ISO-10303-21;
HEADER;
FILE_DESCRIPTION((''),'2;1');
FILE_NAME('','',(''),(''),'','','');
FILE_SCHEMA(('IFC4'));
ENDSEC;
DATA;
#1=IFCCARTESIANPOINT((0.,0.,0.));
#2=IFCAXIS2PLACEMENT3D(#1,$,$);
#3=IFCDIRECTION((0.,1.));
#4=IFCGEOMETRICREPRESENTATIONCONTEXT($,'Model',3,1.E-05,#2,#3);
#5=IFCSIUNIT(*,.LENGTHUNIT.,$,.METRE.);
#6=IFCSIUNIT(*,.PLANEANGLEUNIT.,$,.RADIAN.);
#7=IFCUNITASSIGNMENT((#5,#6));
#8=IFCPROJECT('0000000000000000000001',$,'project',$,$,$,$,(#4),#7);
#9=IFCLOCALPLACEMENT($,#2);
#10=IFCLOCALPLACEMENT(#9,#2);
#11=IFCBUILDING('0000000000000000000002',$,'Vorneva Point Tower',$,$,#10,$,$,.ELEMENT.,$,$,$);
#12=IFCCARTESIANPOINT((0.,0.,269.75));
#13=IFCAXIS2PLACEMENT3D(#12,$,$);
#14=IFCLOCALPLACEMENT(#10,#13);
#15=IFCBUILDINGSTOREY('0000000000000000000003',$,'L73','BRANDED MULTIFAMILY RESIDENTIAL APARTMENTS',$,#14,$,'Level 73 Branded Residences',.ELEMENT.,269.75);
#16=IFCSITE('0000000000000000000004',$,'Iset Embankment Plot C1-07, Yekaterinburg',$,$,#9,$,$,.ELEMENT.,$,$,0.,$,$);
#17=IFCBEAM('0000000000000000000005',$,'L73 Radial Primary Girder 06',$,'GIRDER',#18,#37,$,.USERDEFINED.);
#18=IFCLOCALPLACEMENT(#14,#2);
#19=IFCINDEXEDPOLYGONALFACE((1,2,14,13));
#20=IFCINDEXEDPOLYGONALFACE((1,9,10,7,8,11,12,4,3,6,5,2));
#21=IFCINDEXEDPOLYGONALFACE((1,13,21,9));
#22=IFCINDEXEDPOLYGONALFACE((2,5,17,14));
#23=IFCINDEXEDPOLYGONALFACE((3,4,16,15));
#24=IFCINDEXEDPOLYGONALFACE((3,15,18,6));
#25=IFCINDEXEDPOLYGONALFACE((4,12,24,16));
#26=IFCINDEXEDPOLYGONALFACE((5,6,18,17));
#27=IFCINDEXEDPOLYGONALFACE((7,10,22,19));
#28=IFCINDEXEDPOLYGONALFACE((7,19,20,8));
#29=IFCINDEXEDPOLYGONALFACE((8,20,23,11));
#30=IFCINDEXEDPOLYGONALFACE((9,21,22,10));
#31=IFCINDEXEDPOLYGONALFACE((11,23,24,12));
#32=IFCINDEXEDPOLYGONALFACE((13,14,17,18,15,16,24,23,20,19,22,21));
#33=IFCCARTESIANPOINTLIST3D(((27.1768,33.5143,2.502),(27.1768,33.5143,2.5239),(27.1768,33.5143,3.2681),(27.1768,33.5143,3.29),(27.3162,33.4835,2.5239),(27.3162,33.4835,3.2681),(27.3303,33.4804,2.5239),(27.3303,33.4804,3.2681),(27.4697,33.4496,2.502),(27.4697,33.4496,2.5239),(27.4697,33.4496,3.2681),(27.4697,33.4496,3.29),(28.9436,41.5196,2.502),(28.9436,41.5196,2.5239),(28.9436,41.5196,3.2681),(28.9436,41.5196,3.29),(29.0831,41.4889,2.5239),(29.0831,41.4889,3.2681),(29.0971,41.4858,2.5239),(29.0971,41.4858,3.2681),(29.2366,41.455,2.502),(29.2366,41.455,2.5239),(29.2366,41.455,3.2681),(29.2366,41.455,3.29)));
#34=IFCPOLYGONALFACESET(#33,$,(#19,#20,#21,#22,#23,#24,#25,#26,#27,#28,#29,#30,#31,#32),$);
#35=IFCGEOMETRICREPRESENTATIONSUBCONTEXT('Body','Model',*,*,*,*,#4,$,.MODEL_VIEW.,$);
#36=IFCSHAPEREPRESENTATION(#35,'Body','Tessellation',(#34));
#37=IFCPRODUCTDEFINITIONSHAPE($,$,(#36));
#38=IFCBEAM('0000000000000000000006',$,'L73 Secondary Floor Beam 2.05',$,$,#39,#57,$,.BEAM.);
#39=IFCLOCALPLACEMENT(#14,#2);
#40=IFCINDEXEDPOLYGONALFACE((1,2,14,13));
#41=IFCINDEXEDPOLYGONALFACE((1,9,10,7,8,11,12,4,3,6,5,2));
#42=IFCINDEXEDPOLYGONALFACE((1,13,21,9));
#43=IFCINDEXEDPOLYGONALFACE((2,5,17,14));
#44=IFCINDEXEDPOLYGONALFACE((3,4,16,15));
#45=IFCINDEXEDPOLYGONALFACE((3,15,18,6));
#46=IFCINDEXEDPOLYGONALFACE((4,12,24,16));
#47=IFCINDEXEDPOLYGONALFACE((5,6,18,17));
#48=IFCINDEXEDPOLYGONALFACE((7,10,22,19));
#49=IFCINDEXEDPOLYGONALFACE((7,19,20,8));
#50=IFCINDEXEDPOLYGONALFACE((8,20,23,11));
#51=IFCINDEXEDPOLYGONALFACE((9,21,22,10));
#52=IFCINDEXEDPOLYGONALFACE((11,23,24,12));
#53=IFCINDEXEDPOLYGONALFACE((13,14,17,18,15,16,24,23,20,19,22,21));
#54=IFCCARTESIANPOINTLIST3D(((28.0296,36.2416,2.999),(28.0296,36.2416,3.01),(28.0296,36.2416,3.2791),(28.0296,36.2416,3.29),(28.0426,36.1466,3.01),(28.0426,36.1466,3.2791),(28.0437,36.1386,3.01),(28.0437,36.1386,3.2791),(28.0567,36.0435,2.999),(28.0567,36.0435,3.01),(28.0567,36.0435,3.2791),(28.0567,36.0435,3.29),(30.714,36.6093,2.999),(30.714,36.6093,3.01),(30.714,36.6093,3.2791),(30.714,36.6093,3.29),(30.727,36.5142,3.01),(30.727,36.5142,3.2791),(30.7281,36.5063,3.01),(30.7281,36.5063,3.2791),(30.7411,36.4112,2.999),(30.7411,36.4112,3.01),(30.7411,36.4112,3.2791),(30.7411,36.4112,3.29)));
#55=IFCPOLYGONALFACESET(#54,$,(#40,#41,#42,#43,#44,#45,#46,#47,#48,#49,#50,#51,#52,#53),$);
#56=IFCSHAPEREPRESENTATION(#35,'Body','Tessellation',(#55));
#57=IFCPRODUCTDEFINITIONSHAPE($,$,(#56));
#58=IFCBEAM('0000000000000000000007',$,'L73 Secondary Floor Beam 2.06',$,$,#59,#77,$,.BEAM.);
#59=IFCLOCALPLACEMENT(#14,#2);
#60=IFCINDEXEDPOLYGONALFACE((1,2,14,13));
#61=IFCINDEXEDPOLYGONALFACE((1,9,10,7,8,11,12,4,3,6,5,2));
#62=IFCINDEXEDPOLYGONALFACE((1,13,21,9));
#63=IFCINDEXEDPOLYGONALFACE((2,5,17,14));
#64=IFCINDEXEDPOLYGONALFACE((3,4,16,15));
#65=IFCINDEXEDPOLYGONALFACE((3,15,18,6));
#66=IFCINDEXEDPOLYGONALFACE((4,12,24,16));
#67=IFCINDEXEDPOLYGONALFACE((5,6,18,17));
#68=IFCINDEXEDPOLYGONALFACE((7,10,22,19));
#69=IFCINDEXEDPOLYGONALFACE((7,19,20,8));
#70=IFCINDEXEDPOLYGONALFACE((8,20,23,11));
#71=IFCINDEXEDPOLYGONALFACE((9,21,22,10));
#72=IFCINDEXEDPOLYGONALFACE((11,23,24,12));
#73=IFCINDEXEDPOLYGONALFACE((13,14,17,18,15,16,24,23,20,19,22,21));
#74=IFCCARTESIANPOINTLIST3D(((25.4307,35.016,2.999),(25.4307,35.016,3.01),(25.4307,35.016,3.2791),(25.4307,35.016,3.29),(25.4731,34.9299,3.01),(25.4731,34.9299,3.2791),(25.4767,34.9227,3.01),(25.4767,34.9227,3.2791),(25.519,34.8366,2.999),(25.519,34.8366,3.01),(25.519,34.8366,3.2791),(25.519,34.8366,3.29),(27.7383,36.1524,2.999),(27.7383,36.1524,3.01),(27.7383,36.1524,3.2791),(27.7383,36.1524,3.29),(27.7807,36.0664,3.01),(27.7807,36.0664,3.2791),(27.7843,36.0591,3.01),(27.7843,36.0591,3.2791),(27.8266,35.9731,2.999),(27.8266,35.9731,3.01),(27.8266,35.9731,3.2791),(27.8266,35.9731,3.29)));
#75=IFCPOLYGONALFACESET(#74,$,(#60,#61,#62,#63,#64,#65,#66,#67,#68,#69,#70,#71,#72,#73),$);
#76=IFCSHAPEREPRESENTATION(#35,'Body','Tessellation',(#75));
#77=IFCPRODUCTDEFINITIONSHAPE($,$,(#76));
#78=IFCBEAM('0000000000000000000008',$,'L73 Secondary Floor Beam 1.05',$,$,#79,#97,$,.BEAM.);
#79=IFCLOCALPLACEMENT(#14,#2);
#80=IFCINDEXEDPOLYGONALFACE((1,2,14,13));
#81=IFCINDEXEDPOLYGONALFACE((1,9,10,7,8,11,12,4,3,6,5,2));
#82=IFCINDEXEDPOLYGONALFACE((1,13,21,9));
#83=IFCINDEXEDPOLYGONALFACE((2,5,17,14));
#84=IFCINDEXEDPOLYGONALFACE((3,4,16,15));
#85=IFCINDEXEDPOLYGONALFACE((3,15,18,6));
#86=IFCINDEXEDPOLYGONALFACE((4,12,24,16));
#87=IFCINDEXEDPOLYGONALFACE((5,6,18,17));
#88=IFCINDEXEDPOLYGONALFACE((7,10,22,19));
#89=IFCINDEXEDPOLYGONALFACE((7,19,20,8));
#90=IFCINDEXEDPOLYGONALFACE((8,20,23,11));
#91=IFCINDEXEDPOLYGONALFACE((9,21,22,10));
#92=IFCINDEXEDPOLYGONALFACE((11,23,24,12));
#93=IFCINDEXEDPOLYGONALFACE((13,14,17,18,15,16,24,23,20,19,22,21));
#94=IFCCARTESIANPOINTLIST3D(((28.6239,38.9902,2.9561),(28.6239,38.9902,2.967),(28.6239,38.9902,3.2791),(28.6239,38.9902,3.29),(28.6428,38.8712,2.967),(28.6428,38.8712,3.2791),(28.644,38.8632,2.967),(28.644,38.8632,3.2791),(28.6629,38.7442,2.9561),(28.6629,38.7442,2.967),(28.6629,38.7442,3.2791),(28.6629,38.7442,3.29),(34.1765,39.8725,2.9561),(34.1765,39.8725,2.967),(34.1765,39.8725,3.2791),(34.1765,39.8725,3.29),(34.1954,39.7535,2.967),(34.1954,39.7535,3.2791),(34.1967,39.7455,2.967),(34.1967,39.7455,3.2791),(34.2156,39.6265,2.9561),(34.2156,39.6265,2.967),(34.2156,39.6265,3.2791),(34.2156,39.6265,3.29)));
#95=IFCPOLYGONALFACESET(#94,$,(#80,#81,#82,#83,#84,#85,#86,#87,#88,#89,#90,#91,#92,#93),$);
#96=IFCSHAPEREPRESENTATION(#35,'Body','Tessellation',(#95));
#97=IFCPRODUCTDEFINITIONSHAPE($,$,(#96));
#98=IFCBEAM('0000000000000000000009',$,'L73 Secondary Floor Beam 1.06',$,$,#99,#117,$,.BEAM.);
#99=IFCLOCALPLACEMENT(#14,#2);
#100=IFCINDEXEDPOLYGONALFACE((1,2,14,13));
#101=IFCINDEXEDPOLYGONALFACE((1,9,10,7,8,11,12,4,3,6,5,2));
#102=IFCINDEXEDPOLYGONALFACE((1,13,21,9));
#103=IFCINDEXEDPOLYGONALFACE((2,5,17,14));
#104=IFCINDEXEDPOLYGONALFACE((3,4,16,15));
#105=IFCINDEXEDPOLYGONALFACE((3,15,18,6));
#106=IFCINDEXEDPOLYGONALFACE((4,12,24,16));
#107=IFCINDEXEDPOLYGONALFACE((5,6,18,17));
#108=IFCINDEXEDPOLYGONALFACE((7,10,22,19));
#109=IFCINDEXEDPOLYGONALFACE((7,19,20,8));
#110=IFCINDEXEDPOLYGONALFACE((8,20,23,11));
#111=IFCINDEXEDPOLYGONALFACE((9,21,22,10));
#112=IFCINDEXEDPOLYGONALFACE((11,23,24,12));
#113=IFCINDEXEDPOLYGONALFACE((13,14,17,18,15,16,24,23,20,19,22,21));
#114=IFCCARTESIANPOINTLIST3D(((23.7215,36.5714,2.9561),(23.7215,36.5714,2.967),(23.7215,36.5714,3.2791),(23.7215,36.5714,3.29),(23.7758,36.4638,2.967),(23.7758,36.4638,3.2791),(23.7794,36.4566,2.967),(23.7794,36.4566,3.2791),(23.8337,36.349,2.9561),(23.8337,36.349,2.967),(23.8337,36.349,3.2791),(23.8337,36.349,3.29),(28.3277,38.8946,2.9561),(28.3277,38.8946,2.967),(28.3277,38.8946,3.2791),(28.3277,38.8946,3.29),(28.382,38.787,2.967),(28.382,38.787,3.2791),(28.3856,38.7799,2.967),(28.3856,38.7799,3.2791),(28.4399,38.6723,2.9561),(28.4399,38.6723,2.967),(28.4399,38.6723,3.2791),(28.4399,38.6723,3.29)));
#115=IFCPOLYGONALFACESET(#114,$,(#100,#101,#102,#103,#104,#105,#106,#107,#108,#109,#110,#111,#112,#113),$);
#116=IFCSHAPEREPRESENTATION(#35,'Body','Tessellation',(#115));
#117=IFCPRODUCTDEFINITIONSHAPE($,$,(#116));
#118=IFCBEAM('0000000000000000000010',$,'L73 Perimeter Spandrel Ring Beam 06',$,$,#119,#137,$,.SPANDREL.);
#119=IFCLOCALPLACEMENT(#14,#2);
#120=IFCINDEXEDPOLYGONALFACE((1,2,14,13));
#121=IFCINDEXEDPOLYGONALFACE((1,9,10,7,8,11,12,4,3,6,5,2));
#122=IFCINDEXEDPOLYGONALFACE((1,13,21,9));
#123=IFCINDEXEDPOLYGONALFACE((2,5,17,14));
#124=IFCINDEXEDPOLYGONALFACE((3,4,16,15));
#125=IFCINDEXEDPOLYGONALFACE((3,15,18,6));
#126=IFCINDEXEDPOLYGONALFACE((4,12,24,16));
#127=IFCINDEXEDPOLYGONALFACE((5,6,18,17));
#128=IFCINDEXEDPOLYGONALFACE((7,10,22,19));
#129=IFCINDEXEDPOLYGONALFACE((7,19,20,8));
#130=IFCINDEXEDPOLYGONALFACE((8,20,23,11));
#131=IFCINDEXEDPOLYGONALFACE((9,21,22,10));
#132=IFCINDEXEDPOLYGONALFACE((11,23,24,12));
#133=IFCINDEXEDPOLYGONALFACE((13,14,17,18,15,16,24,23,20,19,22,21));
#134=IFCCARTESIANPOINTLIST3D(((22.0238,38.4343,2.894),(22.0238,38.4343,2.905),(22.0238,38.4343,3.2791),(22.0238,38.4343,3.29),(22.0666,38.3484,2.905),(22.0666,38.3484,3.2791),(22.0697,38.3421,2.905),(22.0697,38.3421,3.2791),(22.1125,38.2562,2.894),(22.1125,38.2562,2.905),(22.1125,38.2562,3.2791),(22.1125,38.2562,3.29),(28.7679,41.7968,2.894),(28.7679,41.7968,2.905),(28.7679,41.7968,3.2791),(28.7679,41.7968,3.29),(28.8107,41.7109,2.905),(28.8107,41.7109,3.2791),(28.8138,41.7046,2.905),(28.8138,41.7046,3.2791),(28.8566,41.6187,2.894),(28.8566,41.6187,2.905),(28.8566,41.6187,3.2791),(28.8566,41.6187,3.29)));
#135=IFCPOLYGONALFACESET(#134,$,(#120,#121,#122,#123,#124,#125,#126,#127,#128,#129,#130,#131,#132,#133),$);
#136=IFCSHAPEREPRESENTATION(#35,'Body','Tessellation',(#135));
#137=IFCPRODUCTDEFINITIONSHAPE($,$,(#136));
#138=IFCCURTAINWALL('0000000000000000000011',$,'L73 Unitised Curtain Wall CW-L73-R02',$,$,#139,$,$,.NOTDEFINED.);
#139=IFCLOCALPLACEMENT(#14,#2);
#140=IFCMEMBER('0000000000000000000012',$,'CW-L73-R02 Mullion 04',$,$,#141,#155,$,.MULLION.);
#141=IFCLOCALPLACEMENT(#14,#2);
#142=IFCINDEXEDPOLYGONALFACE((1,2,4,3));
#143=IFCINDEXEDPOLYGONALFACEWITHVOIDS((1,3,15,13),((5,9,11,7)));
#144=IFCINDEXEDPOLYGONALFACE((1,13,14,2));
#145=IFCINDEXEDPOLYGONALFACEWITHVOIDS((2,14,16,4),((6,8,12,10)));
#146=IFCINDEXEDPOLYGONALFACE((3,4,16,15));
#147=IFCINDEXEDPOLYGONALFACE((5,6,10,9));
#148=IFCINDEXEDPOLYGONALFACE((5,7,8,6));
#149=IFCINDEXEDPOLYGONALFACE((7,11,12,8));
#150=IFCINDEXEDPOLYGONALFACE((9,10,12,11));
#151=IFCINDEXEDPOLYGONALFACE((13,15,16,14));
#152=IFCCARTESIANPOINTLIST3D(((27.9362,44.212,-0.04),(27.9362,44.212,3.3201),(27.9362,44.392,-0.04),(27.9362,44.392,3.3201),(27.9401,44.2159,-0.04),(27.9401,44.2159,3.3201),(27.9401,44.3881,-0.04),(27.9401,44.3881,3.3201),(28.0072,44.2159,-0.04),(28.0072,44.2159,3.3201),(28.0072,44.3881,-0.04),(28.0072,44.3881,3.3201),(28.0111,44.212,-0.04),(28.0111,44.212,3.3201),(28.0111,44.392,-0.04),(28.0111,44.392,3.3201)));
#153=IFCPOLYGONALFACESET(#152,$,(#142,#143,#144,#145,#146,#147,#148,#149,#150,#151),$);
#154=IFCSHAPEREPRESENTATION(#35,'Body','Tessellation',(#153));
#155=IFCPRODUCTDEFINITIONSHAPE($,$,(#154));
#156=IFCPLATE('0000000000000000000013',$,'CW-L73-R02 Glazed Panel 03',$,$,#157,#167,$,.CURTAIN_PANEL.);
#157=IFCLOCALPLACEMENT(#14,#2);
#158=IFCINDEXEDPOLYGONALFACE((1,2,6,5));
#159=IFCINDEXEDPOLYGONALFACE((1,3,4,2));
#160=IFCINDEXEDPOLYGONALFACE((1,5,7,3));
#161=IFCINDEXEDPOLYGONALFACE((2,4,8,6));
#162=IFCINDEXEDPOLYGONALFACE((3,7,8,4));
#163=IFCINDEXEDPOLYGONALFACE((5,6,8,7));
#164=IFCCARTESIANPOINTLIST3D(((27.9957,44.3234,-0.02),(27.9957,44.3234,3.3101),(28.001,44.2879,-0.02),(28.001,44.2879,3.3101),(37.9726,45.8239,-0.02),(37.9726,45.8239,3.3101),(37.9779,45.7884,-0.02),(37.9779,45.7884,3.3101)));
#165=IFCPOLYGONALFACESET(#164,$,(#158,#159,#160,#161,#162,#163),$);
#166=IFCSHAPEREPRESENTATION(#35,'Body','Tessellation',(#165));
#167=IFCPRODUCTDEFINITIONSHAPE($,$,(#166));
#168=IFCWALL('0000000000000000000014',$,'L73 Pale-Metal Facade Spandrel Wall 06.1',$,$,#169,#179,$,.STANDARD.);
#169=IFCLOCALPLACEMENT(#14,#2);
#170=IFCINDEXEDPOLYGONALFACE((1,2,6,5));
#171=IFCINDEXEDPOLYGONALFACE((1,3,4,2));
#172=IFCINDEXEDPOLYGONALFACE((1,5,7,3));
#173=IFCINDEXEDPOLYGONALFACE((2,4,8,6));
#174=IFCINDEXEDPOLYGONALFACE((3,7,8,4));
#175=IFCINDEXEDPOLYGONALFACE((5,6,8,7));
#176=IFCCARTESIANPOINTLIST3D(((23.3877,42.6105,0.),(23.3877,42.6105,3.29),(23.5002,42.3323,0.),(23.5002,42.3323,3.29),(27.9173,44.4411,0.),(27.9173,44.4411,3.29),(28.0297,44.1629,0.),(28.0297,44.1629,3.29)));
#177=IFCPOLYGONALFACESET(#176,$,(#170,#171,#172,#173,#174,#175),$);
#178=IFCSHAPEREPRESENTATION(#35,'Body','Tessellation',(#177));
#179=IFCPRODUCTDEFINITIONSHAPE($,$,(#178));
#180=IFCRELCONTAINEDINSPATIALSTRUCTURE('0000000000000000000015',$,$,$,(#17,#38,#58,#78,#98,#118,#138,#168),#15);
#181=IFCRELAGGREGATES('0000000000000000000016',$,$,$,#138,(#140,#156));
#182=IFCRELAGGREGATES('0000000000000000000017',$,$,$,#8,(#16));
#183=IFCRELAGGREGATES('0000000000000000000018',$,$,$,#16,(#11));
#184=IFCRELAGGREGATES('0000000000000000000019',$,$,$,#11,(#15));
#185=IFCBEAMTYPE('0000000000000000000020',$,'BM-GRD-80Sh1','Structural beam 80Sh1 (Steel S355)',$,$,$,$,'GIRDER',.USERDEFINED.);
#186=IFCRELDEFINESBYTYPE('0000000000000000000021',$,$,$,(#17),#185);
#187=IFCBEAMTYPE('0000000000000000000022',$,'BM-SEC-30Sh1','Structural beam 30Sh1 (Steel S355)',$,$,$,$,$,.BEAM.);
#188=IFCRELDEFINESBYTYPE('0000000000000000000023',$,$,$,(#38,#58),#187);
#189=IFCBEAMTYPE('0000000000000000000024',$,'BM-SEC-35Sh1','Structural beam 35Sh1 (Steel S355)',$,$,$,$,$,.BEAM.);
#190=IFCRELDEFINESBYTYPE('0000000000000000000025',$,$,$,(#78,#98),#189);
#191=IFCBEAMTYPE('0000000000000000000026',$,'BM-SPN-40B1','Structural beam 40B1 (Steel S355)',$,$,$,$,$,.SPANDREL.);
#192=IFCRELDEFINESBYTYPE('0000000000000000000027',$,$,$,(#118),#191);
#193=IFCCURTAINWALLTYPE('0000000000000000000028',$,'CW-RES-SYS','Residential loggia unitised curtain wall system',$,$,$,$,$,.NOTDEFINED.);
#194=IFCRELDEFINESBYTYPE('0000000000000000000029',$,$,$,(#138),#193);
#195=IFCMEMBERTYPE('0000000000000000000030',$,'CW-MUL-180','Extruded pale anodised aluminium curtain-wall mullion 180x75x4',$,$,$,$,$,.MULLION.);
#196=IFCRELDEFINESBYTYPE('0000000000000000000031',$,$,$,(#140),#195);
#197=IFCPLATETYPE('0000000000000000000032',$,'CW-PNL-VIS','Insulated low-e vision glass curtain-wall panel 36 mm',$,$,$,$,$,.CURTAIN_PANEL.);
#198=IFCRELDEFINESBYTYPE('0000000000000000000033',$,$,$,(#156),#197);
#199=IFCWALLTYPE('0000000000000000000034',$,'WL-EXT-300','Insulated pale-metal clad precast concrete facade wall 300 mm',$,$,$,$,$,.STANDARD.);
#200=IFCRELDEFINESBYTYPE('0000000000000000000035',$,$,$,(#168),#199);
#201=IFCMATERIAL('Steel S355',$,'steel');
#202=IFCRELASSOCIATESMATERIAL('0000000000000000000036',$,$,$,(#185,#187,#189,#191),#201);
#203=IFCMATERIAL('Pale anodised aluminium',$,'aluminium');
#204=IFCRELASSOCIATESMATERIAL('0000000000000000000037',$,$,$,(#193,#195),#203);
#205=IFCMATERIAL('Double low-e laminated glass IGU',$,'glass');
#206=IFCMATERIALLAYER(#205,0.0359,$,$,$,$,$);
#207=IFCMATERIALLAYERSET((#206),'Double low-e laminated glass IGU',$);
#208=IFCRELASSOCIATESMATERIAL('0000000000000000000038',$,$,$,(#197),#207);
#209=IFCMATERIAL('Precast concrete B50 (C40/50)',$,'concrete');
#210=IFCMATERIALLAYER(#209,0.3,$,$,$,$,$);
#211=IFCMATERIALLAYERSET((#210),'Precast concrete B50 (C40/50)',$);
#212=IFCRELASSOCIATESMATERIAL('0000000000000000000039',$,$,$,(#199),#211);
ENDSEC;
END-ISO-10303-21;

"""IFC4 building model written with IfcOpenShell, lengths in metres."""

from ifc_helpers import new_model, si_unit, direction, frame, frame_2d, origin, origin_2d, place, context, subcontext, project, spatial, rectangle, hollow_rectangle, i_section, extrude, material, layer, layer_set, material_profile, profile_set, type_object, element, aggregate, save


model = new_model("IFC4")

# Units and contexts
model_context = context("Model", 3, precision=1e-05, world=origin(), true_north=direction((0.0, 1.0)))
body_context = subcontext(model_context, "Body", "Model", "MODEL_VIEW")
ifc_project = project(units=[si_unit("LENGTHUNIT", "METRE"), si_unit("PLANEANGLEUNIT", "RADIAN")], contexts=[model_context])

# Site, building, storey
site_placement = place(None, origin())
site = spatial("IfcSite", under=ifc_project, at=site_placement, Name="Iset Embankment Plot C1-07, Yekaterinburg", CompositionType="ELEMENT", RefElevation=0.0)
building_placement = place(site_placement, origin())
building = spatial("IfcBuilding", under=site, at=building_placement, Name="Vorneva Point Tower", CompositionType="ELEMENT")
storey_placement = place(building_placement, frame((0.0, 0.0, 269.75)))
storey = spatial("IfcBuildingStorey", under=building, at=storey_placement, Name="L73", Description="BRANDED MULTIFAMILY RESIDENTIAL APARTMENTS", LongName="Level 73 Branded Residences", CompositionType="ELEMENT", Elevation=269.75)

# Beams
ifc_material_1 = material(Name="Steel S355", Category="steel")
ifc_material_profile_1 = material_profile(ifc_material_1, i_section(OverallWidth=0.3, OverallDepth=0.7881, WebThickness=0.0144, FlangeThickness=0.022, at=origin_2d()), Name="80Sh1")
ifc_profile_set_1 = profile_set([ifc_material_profile_1], Name="Steel S355")
beam_type_1 = type_object("IfcBeamType", Name="BM-GRD-80Sh1", Description="Structural beam 80Sh1 (Steel S355)", ElementType="GIRDER", PredefinedType="USERDEFINED", material=ifc_profile_set_1)
beam_1_placement = place(storey_placement, frame((29.0901, 41.4873, 2.896), z_axis=(-0.215521, -0.976499, 0.0), x_axis=(0.976499, -0.215521, 0.0)))
element("IfcBeam", 1, at=beam_1_placement, inside=storey, type_object=beam_type_1, Name="L73 Radial Primary Girder 06", ObjectType="GIRDER", PredefinedType="USERDEFINED", context=body_context, shape_type="SweptSolid", body=[
    extrude(i_section(OverallWidth=0.3, OverallDepth=0.7881, WebThickness=0.0144, FlangeThickness=0.022, at=origin_2d()), origin(), (0.0, 0.0, 1.0), 8.198),
])
ifc_material_profile_2 = material_profile(ifc_material_1, i_section(OverallWidth=0.2, OverallDepth=0.291, WebThickness=0.0081, FlangeThickness=0.011, at=origin_2d()), Name="30Sh1")
ifc_profile_set_2 = profile_set([ifc_material_profile_2], Name="Steel S355")
beam_type_2 = type_object("IfcBeamType", Name="BM-SEC-30Sh1", Description="Structural beam 30Sh1 (Steel S355)", PredefinedType="BEAM", material=ifc_profile_set_2)
beam_2_placement = place(storey_placement, frame((30.7275, 36.5103, 3.1445), z_axis=(-0.990749, -0.135704, 0.0), x_axis=(0.135704, -0.990749, 0.0)))
element("IfcBeam", 2, at=beam_2_placement, inside=storey, type_object=beam_type_2, Name="L73 Secondary Floor Beam 2.05", PredefinedType="BEAM", context=body_context, shape_type="SweptSolid", body=[
    extrude(i_section(OverallWidth=0.2, OverallDepth=0.291, WebThickness=0.0081, FlangeThickness=0.011, at=origin_2d()), origin(), (0.0, 0.0, 1.0), 2.7095),
])
beam_3_placement = place(storey_placement, frame((27.7825, 36.0627, 3.1445), z_axis=(-0.897106, -0.441814, 0.0), x_axis=(0.441814, -0.897106, 0.0)))
element("IfcBeam", 3, at=beam_3_placement, inside=storey, type_object=beam_type_2, Name="L73 Secondary Floor Beam 2.06", PredefinedType="BEAM", context=body_context, shape_type="SweptSolid", body=[
    extrude(i_section(OverallWidth=0.2, OverallDepth=0.291, WebThickness=0.0081, FlangeThickness=0.011, at=origin_2d()), origin(), (0.0, 0.0, 1.0), 2.5723),
])
ifc_material_profile_3 = material_profile(ifc_material_1, i_section(OverallWidth=0.249, OverallDepth=0.334, WebThickness=0.0081, FlangeThickness=0.011, at=origin_2d()), Name="35Sh1")
ifc_profile_set_3 = profile_set([ifc_material_profile_3], Name="Steel S355")
beam_type_3 = type_object("IfcBeamType", Name="BM-SEC-35Sh1", Description="Structural beam 35Sh1 (Steel S355)", PredefinedType="BEAM", material=ifc_profile_set_3)
beam_4_placement = place(storey_placement, frame((34.196, 39.7495, 3.123), z_axis=(-0.98761, -0.15693, 0.0), x_axis=(0.15693, -0.98761, 0.0)))
element("IfcBeam", 4, at=beam_4_placement, inside=storey, type_object=beam_type_3, Name="L73 Secondary Floor Beam 1.05", PredefinedType="BEAM", context=body_context, shape_type="SweptSolid", body=[
    extrude(i_section(OverallWidth=0.249, OverallDepth=0.334, WebThickness=0.0081, FlangeThickness=0.011, at=origin_2d()), origin(), (0.0, 0.0, 1.0), 5.6223),
])
beam_5_placement = place(storey_placement, frame((28.3838, 38.7834, 3.123), z_axis=(-0.89286, -0.450334, 0.0), x_axis=(0.450334, -0.89286, 0.0)))
element("IfcBeam", 5, at=beam_5_placement, inside=storey, type_object=beam_type_3, Name="L73 Secondary Floor Beam 1.06", PredefinedType="BEAM", context=body_context, shape_type="SweptSolid", body=[
    extrude(i_section(OverallWidth=0.249, OverallDepth=0.334, WebThickness=0.0081, FlangeThickness=0.011, at=origin_2d()), origin(), (0.0, 0.0, 1.0), 5.1589),
])
ifc_material_profile_4 = material_profile(ifc_material_1, i_section(OverallWidth=0.199, OverallDepth=0.396, WebThickness=0.0071, FlangeThickness=0.011, at=origin_2d()), Name="40B1")
ifc_profile_set_4 = profile_set([ifc_material_profile_4], Name="Steel S355")
beam_type_4 = type_object("IfcBeamType", Name="BM-SPN-40B1", Description="Structural beam 40B1 (Steel S355)", PredefinedType="SPANDREL", material=ifc_profile_set_4)
beam_6_placement = place(storey_placement, frame((28.8123, 41.7078, 3.092), z_axis=(-0.894932, -0.446203, 0.0), x_axis=(0.446203, -0.894932, 0.0)))
element("IfcBeam", 6, at=beam_6_placement, inside=storey, type_object=beam_type_4, Name="L73 Perimeter Spandrel Ring Beam 06", PredefinedType="SPANDREL", context=body_context, shape_type="SweptSolid", body=[
    extrude(i_section(OverallWidth=0.199, OverallDepth=0.396, WebThickness=0.0071, FlangeThickness=0.011, at=origin_2d()), origin(), (0.0, 0.0, 1.0), 7.5359),
])

# Curtain wall, member, plate
ifc_material_2 = material(Name="Pale anodised aluminium", Category="aluminium")
curtain_wall_type = type_object("IfcCurtainWallType", Name="CW-RES-SYS", Description="Residential loggia unitised curtain wall system", PredefinedType="NOTDEFINED", material=ifc_material_2)
curtain_wall_placement = place(storey_placement, origin())
curtain_wall = element("IfcCurtainWall", 7, at=curtain_wall_placement, inside=storey, type_object=curtain_wall_type, Name="L73 Unitised Curtain Wall CW-L73-R02", PredefinedType="NOTDEFINED")
ifc_material_profile_5 = material_profile(ifc_material_2, hollow_rectangle(XDim=0.075, YDim=0.1799, WallThickness=0.0039, at=origin_2d()), Name="AL-MUL 180x75x4")
ifc_profile_set_5 = profile_set([ifc_material_profile_5], Name="Pale anodised aluminium")
member_type = type_object("IfcMemberType", Name="CW-MUL-180", Description="Extruded pale anodised aluminium curtain-wall mullion 180x75x4", PredefinedType="MULLION", material=ifc_profile_set_5)
member_placement = place(storey_placement, frame((27.9736, 44.302, -0.04), z_axis=(0.0, 0.0, 1.0), x_axis=(1.0, 0.0, 0.0)))
member = element("IfcMember", 8, at=member_placement, type_object=member_type, Name="CW-L73-R02 Mullion 04", PredefinedType="MULLION", context=body_context, shape_type="SweptSolid", body=[
    extrude(hollow_rectangle(XDim=0.075, YDim=0.1799, WallThickness=0.0039, at=origin_2d()), origin(), (0.0, 0.0, 1.0), 3.3601),
])
ifc_material_3 = material(Name="Double low-e laminated glass IGU", Category="glass")
ifc_layer_1 = layer(ifc_material_3, 0.0359)
ifc_layer_set_1 = layer_set([ifc_layer_1], Name="Double low-e laminated glass IGU")
plate_type = type_object("IfcPlateType", Name="CW-PNL-VIS", Description="Insulated low-e vision glass curtain-wall panel 36 mm", PredefinedType="CURTAIN_PANEL", material=ifc_layer_set_1)
plate_placement = place(storey_placement, frame((32.9868, 45.0559, -0.02), z_axis=(0.0, 0.0, 1.0), x_axis=(-0.988879, -0.148724, 0.0)))
plate = element("IfcPlate", 9, at=plate_placement, type_object=plate_type, Name="CW-L73-R02 Glazed Panel 03", PredefinedType="CURTAIN_PANEL", context=body_context, shape_type="SweptSolid", body=[
    extrude(rectangle(XDim=10.0891, YDim=0.0359, at=origin_2d()), origin(), (0.0, 0.0, 1.0), 3.3301),
])
aggregate(curtain_wall, [member, plate])

# Wall
ifc_material_4 = material(Name="Precast concrete B50 (C40/50)", Category="concrete")
ifc_layer_2 = layer(ifc_material_4, 0.3)
ifc_layer_set_2 = layer_set([ifc_layer_2], Name="Precast concrete B50 (C40/50)")
wall_type_1 = type_object("IfcWallType", Name="WL-EXT-300", Description="Insulated pale-metal clad precast concrete facade wall 300 mm", PredefinedType="STANDARD", material=ifc_layer_set_2)
wall_1_placement = place(storey_placement, frame((27.9736, 44.302, 0.0), z_axis=(0.0, 0.0, 1.0), x_axis=(-0.927147, -0.374697, 0.0)))
element("IfcWall", 10, at=wall_1_placement, inside=storey, type_object=wall_type_1, Name="L73 Pale-Metal Facade Spandrel Wall 06.1", PredefinedType="STANDARD", context=body_context, shape_type="SweptSolid", body=[
    extrude(rectangle(XDim=4.8855, YDim=0.3, at=frame_2d((2.4429, 0.0))), origin(), (0.0, 0.0, 1.0), 3.29),
])

save(model, "model.ifc")
